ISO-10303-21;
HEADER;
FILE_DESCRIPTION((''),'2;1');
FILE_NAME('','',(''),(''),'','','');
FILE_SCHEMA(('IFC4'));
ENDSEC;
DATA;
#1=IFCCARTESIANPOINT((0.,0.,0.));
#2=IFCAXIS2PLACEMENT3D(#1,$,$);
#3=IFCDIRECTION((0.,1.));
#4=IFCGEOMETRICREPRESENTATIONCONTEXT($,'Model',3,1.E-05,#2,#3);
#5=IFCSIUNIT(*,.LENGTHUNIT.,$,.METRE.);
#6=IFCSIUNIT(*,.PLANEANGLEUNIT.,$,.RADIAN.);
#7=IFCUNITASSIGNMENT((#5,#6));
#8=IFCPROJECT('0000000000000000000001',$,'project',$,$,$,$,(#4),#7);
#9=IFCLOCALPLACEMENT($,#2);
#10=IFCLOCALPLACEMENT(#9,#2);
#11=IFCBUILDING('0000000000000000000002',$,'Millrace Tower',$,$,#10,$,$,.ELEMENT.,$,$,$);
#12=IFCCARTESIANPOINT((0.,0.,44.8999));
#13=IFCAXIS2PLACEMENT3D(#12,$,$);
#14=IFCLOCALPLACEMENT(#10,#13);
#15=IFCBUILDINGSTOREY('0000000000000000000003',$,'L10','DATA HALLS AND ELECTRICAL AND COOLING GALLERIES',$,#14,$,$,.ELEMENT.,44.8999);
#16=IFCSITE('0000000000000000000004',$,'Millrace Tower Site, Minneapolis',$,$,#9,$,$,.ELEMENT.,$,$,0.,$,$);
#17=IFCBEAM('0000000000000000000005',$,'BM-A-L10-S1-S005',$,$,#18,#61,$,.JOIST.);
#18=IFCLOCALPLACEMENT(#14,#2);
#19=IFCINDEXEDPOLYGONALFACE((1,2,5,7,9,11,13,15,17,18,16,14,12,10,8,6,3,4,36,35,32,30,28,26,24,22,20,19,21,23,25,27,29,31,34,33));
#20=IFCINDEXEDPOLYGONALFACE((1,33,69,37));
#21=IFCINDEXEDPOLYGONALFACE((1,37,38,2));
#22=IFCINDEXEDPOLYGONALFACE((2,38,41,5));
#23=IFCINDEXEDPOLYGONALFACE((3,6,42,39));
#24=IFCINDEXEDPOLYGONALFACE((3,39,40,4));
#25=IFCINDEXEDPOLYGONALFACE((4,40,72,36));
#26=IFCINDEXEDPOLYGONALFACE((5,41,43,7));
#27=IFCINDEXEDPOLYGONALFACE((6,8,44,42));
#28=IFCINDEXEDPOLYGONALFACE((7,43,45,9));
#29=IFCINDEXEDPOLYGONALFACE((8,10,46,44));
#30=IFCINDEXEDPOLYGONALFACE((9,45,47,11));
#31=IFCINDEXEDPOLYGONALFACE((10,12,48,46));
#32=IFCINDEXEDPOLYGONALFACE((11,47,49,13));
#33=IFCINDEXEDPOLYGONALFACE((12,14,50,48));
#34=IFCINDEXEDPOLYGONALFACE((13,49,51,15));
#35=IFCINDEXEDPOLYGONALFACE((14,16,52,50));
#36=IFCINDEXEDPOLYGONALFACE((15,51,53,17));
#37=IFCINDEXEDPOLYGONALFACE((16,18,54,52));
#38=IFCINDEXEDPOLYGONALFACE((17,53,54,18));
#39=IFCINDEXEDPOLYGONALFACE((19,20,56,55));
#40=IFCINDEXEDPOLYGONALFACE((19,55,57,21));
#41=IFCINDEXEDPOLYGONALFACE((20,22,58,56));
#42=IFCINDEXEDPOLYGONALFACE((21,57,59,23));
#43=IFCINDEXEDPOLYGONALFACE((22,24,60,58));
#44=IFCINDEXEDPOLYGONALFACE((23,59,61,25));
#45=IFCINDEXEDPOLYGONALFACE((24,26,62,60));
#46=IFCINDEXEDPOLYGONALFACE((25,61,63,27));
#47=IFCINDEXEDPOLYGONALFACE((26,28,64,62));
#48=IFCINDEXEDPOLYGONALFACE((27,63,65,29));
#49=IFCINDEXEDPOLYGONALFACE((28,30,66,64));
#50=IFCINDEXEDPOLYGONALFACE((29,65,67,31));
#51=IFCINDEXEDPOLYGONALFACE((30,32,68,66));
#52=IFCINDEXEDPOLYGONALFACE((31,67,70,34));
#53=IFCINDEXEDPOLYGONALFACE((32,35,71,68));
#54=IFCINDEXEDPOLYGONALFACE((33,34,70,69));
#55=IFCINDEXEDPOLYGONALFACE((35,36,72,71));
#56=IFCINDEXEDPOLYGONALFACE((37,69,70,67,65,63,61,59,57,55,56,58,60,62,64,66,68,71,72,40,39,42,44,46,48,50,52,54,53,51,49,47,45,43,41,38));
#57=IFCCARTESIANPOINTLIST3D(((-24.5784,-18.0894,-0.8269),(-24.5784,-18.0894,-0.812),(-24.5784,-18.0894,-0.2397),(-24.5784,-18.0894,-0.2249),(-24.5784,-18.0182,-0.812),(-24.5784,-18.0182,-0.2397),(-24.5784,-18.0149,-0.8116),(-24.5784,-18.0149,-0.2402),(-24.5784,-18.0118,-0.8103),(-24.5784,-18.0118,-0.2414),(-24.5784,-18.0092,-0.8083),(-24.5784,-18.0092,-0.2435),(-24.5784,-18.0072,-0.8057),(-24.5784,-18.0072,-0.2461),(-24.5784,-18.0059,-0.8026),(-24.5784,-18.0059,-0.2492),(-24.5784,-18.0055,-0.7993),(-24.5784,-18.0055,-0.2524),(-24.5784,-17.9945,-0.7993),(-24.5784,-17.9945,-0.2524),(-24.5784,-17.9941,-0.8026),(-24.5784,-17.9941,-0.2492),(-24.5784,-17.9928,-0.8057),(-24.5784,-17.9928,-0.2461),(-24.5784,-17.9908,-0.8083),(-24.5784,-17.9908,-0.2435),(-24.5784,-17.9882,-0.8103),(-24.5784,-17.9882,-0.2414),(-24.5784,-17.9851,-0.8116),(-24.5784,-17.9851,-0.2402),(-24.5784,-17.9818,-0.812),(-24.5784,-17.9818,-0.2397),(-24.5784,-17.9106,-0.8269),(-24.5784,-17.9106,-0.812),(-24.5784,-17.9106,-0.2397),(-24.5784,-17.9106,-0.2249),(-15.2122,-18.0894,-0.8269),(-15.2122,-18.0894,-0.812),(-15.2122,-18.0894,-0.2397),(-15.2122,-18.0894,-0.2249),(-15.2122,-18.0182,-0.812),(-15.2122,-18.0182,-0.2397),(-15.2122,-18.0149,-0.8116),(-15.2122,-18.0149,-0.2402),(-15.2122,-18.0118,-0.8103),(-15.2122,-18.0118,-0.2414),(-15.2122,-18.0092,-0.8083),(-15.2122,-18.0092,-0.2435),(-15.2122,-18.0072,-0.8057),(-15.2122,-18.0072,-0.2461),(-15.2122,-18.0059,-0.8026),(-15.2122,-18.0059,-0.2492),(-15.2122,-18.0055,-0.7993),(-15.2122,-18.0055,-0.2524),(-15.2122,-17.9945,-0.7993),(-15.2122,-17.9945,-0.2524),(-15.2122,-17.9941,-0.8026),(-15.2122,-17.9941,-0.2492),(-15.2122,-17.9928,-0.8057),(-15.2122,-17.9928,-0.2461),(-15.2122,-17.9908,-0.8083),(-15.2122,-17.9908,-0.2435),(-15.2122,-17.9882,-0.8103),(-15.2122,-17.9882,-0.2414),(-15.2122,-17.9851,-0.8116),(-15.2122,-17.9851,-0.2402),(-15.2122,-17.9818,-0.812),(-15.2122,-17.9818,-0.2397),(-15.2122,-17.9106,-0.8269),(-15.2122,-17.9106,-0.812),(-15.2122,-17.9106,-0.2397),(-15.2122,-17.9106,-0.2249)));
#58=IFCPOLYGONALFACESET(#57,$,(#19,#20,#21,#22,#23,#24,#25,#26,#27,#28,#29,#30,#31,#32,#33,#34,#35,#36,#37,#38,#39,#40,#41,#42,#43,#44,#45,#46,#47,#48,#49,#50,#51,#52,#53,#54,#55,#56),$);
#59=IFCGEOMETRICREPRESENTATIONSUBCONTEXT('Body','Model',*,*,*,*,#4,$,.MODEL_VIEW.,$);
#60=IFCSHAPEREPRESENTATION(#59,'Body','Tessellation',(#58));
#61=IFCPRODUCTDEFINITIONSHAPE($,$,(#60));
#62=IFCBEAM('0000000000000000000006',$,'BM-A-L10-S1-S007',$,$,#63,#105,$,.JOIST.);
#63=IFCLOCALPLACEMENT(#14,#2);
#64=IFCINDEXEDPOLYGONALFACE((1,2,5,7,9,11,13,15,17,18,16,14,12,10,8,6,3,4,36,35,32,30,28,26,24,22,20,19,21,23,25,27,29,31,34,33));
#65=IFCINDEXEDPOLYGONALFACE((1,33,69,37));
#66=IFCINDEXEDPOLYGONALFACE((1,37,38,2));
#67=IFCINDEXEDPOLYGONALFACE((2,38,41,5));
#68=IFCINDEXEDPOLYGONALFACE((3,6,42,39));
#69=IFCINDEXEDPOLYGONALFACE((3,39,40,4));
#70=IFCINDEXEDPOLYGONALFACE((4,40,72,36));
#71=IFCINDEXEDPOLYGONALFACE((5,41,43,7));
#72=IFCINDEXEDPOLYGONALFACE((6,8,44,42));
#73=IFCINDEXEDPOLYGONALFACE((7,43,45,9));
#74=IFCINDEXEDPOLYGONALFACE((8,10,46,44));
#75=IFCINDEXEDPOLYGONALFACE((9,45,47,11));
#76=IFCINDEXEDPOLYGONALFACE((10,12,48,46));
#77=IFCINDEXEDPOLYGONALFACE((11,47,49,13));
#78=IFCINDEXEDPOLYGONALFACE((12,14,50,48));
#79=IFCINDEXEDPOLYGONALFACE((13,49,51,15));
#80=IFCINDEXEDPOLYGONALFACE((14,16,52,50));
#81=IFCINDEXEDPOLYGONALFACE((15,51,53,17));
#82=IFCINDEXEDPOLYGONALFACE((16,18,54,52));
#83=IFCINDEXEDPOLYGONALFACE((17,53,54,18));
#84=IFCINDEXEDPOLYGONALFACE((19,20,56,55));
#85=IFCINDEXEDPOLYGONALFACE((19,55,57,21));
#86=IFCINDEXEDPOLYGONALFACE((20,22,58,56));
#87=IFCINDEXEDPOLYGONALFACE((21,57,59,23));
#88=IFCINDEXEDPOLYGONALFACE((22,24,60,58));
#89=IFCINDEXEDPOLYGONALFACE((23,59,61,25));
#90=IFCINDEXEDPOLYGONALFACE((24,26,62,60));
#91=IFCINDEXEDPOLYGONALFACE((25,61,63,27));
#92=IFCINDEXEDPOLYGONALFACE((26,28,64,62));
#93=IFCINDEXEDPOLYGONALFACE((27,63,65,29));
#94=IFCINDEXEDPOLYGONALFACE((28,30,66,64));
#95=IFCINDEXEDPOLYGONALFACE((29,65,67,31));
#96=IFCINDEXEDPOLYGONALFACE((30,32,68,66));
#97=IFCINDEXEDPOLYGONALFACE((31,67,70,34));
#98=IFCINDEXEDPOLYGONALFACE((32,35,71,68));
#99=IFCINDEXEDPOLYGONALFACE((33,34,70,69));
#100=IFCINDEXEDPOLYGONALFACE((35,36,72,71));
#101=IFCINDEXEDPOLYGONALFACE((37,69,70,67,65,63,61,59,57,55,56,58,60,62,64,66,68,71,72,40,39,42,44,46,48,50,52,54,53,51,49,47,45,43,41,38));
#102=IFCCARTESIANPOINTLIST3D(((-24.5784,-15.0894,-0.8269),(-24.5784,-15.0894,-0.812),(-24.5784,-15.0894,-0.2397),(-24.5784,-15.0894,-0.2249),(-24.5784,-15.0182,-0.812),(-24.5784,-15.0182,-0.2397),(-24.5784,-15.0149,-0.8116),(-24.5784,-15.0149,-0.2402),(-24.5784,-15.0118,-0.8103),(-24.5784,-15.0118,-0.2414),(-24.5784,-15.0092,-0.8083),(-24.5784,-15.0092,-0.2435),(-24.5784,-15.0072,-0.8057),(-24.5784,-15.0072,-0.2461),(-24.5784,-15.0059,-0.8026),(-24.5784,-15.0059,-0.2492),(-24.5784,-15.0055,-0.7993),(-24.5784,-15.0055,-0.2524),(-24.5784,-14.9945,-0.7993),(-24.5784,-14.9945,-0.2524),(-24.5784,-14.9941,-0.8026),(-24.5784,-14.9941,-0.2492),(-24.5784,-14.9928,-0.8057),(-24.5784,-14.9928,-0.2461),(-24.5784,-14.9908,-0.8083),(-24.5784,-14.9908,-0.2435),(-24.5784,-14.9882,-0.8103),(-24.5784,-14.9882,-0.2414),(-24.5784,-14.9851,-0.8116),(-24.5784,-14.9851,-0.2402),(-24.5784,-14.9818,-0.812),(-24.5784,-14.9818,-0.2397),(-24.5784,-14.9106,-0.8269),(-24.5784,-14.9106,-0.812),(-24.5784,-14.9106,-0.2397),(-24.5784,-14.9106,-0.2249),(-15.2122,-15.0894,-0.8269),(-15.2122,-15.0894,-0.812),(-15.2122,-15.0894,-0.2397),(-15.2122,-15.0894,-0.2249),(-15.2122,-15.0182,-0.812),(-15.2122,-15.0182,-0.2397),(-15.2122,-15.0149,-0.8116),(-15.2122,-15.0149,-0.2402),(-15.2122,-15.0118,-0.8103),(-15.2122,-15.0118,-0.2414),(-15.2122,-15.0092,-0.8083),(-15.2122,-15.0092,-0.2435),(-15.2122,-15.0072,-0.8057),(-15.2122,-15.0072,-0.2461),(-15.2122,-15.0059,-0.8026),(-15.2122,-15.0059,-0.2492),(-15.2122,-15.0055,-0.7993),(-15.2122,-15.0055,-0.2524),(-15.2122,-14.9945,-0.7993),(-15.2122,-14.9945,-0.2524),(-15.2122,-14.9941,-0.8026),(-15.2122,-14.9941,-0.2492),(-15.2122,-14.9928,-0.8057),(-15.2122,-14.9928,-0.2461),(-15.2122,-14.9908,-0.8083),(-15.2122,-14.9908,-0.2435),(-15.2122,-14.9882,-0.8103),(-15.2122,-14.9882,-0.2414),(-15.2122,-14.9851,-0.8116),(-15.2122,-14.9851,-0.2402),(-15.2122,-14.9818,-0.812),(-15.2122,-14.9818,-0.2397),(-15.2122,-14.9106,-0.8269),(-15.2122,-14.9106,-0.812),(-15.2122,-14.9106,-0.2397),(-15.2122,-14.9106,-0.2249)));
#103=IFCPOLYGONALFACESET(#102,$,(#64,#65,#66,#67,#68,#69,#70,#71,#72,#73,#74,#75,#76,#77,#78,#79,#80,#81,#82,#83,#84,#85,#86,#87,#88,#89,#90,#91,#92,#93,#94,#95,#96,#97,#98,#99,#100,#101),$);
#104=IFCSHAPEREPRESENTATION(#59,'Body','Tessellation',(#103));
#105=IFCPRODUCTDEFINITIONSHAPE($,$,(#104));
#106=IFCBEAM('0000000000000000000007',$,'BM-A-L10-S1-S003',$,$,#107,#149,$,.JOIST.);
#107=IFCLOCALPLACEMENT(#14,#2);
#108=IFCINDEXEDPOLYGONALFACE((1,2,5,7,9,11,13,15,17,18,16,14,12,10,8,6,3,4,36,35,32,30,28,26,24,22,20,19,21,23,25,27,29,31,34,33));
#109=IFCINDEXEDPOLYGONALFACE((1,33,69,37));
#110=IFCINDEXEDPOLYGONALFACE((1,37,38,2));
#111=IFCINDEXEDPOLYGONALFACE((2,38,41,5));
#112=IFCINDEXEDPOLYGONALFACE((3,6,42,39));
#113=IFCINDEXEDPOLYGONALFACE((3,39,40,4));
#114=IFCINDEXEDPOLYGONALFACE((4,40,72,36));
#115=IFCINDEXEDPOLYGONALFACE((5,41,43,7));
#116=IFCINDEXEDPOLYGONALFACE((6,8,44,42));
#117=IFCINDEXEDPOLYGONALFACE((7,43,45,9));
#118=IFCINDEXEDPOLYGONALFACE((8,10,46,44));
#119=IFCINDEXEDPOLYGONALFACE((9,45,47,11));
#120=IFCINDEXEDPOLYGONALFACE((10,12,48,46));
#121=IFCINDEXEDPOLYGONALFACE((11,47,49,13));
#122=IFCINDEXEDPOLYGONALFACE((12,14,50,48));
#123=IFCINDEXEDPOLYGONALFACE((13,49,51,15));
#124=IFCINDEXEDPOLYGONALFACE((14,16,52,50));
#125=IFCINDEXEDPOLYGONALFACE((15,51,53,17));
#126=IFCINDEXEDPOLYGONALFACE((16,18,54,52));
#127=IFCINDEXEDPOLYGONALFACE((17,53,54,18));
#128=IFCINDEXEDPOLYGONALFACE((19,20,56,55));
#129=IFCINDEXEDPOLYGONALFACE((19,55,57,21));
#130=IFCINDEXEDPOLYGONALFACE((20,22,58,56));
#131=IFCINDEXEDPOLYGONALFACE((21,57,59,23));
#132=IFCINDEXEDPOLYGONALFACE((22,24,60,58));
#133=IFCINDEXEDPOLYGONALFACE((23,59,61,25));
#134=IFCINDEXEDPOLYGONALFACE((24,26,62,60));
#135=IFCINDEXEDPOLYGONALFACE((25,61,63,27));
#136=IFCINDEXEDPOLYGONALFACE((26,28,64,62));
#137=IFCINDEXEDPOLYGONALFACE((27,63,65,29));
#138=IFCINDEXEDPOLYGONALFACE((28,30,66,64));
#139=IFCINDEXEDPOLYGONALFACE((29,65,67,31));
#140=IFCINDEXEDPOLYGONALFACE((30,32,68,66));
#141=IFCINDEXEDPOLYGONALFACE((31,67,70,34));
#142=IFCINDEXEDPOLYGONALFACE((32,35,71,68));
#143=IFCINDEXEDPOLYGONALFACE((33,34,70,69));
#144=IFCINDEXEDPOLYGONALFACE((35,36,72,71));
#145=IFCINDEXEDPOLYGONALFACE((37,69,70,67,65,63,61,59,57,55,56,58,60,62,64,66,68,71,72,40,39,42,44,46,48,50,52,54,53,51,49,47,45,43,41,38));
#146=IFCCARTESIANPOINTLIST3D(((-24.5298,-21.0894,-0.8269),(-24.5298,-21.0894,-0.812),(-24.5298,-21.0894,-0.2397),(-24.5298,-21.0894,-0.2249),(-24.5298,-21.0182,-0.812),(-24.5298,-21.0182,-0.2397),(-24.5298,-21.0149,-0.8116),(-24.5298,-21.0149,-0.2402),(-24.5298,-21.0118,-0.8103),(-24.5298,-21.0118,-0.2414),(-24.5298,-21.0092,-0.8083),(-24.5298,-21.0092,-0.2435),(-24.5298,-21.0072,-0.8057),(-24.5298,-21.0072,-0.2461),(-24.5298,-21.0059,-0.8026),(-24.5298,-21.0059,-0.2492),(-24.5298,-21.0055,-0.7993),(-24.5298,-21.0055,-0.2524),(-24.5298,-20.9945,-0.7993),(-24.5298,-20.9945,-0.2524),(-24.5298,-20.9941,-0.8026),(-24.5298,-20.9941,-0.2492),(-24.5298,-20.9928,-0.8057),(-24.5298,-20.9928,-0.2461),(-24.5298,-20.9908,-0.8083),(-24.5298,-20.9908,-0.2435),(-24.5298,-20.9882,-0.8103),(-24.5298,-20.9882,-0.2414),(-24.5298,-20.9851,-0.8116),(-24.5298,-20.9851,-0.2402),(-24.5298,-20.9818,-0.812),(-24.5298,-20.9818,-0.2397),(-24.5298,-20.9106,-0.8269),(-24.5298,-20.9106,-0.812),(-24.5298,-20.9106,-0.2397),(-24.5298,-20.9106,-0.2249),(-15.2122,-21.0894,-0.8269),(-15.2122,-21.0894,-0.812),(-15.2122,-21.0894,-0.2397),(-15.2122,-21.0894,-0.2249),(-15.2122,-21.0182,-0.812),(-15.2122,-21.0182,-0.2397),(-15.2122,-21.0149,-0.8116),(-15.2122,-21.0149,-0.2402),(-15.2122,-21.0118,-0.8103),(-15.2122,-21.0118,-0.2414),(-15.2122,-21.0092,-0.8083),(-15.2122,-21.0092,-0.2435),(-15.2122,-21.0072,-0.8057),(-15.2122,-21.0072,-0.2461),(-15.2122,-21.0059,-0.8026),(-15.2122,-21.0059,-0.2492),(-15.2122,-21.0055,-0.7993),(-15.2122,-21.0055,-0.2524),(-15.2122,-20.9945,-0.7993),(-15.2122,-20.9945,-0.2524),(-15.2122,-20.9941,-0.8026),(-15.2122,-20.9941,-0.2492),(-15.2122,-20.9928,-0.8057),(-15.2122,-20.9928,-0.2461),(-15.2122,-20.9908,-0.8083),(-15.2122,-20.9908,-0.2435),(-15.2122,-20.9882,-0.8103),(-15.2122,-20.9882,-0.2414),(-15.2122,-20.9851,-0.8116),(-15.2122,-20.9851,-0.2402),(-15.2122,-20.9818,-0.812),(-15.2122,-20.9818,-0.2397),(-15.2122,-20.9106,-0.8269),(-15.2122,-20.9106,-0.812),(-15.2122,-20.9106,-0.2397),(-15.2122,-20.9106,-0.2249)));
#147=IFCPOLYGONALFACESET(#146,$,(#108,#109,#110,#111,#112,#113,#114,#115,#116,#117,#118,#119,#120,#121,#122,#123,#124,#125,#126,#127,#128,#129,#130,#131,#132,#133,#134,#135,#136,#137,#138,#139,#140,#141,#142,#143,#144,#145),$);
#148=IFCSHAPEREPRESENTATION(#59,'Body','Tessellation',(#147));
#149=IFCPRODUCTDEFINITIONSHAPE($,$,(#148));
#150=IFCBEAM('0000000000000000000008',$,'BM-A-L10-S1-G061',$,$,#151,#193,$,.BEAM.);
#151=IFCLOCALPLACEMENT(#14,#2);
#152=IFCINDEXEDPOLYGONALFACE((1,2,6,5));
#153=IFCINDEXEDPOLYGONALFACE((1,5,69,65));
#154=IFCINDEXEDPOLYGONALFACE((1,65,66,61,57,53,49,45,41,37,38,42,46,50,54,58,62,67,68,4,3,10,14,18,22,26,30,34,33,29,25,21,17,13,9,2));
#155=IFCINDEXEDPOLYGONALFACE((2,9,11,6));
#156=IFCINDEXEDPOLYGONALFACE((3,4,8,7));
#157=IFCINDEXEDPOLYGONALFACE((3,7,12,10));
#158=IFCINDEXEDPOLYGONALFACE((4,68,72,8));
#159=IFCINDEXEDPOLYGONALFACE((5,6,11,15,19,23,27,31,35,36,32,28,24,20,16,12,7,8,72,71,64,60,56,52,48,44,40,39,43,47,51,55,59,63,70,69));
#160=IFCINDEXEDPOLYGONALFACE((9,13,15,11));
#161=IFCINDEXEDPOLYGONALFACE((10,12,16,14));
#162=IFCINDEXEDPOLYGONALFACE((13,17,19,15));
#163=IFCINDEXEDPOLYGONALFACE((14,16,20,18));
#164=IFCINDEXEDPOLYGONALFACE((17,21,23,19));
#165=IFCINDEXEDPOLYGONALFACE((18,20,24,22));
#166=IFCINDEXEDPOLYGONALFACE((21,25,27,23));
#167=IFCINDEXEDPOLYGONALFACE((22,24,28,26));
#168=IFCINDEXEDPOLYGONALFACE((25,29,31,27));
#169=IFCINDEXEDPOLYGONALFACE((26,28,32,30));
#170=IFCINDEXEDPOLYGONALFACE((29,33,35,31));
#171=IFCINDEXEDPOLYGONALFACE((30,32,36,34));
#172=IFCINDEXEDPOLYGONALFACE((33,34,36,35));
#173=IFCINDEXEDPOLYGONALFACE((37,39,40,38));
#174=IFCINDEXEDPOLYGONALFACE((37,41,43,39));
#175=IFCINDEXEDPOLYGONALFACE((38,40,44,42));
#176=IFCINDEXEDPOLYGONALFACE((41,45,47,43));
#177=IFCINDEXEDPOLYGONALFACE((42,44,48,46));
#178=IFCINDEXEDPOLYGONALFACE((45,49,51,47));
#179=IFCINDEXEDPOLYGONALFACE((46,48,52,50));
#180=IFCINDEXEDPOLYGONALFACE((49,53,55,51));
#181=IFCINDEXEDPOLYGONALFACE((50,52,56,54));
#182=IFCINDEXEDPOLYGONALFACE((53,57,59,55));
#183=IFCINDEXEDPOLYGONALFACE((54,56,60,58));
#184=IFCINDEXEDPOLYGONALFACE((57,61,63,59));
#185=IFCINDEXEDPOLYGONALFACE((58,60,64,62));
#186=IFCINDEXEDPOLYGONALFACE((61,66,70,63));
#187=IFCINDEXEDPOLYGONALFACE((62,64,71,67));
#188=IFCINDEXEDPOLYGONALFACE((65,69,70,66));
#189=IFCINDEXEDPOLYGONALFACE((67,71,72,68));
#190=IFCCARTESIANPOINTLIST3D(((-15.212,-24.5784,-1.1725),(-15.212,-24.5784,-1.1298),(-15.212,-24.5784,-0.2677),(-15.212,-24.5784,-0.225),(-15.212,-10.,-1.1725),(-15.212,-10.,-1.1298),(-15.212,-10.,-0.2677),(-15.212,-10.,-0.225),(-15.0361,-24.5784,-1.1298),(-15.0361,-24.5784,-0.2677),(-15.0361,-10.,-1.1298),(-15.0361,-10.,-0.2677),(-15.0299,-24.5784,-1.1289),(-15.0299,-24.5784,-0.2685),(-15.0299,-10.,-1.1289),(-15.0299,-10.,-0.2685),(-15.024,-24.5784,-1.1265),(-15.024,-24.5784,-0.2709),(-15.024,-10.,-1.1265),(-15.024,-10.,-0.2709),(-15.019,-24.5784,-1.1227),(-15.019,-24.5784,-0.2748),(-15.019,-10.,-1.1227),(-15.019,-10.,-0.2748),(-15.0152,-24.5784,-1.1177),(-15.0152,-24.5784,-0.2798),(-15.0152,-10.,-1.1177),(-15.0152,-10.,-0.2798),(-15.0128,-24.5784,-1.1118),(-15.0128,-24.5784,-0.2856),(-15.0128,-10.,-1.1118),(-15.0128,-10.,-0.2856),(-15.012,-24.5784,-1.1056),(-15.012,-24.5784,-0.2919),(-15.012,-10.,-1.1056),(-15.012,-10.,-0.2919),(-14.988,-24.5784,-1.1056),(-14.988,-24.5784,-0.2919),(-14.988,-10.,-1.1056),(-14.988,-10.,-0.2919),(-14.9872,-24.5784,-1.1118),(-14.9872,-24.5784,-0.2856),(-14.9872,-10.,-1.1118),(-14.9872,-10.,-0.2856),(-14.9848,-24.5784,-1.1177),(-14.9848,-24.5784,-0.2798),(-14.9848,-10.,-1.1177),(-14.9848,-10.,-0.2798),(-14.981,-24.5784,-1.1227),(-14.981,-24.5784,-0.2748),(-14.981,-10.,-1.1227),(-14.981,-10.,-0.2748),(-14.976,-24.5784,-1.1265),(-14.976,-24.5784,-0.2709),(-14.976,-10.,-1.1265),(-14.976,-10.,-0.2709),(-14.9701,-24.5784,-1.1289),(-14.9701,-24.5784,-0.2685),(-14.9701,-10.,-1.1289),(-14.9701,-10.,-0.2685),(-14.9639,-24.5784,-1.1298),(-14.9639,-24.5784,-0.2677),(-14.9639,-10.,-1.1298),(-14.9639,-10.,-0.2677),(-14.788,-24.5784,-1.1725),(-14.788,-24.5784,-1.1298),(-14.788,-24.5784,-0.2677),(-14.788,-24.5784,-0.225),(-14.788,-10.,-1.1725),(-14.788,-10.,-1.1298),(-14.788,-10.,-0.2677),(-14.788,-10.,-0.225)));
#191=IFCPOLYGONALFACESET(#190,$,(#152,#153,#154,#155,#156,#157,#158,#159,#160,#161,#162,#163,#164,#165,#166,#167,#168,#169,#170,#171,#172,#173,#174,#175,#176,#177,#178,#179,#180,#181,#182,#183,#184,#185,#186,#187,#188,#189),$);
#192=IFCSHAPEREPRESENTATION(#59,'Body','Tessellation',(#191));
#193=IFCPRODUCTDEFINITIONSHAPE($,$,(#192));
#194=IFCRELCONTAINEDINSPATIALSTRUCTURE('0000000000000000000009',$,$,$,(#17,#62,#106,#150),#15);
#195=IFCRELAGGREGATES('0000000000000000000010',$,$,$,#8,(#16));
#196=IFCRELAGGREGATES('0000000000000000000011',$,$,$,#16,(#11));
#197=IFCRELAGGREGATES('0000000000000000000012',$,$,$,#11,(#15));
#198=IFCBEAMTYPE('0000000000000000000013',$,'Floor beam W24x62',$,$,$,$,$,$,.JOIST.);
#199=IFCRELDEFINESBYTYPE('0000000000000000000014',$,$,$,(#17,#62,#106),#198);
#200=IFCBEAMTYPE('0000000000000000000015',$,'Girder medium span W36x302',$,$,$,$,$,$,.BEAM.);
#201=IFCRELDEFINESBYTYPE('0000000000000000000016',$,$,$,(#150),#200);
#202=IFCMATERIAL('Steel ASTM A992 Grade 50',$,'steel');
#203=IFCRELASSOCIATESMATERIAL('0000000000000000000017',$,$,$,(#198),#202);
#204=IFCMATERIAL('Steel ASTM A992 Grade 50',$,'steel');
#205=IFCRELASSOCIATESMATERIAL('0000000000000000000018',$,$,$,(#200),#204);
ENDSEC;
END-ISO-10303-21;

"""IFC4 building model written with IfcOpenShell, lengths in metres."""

from ifc_helpers import new_model, si_unit, direction, frame, origin, origin_2d, place, context, subcontext, project, spatial, i_section, extrude, material, material_profile, profile_set, type_object, element, save


model = new_model("IFC4")

# Units and contexts
model_context = context("Model", 3, precision=1e-05, world=origin(), true_north=direction((0.0, 1.0)))
body_context = subcontext(model_context, "Body", "Model", "MODEL_VIEW")
ifc_project = project(units=[si_unit("LENGTHUNIT", "METRE"), si_unit("PLANEANGLEUNIT", "RADIAN")], contexts=[model_context])

# Site, building, storey
site_placement = place(None, origin())
site = spatial("IfcSite", under=ifc_project, at=site_placement, Name="Millrace Tower Site, Minneapolis", CompositionType="ELEMENT", RefElevation=0.0)
building_placement = place(site_placement, origin())
building = spatial("IfcBuilding", under=site, at=building_placement, Name="Millrace Tower", CompositionType="ELEMENT")
storey_placement = place(building_placement, frame((0.0, 0.0, 44.8999)))
storey = spatial("IfcBuildingStorey", under=building, at=storey_placement, Name="L10", Description="DATA HALLS AND ELECTRICAL AND COOLING GALLERIES", CompositionType="ELEMENT", Elevation=44.8999)

# Beams
ifc_material_1 = material(Name="Steel ASTM A992 Grade 50", Category="steel")
ifc_material_profile_1 = material_profile(ifc_material_1, i_section(OverallWidth=0.1787, OverallDepth=0.6021, WebThickness=0.011, FlangeThickness=0.0149, FilletRadius=0.0127, at=origin_2d()))
ifc_profile_set_1 = profile_set([ifc_material_profile_1], Name="Steel ASTM A992 Grade 50")
beam_type_1 = type_object("IfcBeamType", Name="Floor beam W24x62", PredefinedType="JOIST", material=ifc_profile_set_1)
for number, where, z_axis, x_axis, name in (
    (1, (-24.5784, -18.0, -0.5259), (1.0, 0.0, 0.0), (0.0, 1.0, 0.0), "BM-A-L10-S1-S005"),
    (2, (-24.5784, -15.0, -0.5259), (1.0, 0.0, 0.0), (0.0, 1.0, 0.0), "BM-A-L10-S1-S007"),
):
    element("IfcBeam", number, at=place(storey_placement, frame(where, z_axis=z_axis, x_axis=x_axis)), inside=storey, type_object=beam_type_1, Name=name, PredefinedType="JOIST", context=body_context, shape_type="SweptSolid", body=[
        extrude(i_section(OverallWidth=0.1787, OverallDepth=0.6021, WebThickness=0.011, FlangeThickness=0.0149, FilletRadius=0.0127, at=origin_2d()), origin(), (0.0, 0.0, 1.0), 9.3662),
    ])
beam_1_placement = place(storey_placement, frame((-24.5298, -21.0, -0.5259), z_axis=(1.0, 0.0, 0.0), x_axis=(0.0, 1.0, 0.0)))
element("IfcBeam", 3, at=beam_1_placement, inside=storey, type_object=beam_type_1, Name="BM-A-L10-S1-S003", PredefinedType="JOIST", context=body_context, shape_type="SweptSolid", body=[
    extrude(i_section(OverallWidth=0.1787, OverallDepth=0.6021, WebThickness=0.011, FlangeThickness=0.0149, FilletRadius=0.0127, at=origin_2d()), origin(), (0.0, 0.0, 1.0), 9.3176),
])
ifc_material_2 = material(Name="Steel ASTM A992 Grade 50", Category="steel")
ifc_material_profile_2 = material_profile(ifc_material_2, i_section(OverallWidth=0.4241, OverallDepth=0.9475, WebThickness=0.0239, FlangeThickness=0.0427, FilletRadius=0.0242, at=origin_2d()))
ifc_profile_set_2 = profile_set([ifc_material_profile_2], Name="Steel ASTM A992 Grade 50")
beam_type_2 = type_object("IfcBeamType", Name="Girder medium span W36x302", PredefinedType="BEAM", material=ifc_profile_set_2)
beam_2_placement = place(storey_placement, frame((-15.0, -24.5784, -0.6987), z_axis=(0.0, 1.0, 0.0), x_axis=(-1.0, 0.0, 0.0)))
element("IfcBeam", 4, at=beam_2_placement, inside=storey, type_object=beam_type_2, Name="BM-A-L10-S1-G061", PredefinedType="BEAM", context=body_context, shape_type="SweptSolid", body=[
    extrude(i_section(OverallWidth=0.4241, OverallDepth=0.9475, WebThickness=0.0239, FlangeThickness=0.0427, FilletRadius=0.0242, at=origin_2d()), origin(), (0.0, 0.0, 1.0), 14.5784),
])

save(model, "model.ifc")
